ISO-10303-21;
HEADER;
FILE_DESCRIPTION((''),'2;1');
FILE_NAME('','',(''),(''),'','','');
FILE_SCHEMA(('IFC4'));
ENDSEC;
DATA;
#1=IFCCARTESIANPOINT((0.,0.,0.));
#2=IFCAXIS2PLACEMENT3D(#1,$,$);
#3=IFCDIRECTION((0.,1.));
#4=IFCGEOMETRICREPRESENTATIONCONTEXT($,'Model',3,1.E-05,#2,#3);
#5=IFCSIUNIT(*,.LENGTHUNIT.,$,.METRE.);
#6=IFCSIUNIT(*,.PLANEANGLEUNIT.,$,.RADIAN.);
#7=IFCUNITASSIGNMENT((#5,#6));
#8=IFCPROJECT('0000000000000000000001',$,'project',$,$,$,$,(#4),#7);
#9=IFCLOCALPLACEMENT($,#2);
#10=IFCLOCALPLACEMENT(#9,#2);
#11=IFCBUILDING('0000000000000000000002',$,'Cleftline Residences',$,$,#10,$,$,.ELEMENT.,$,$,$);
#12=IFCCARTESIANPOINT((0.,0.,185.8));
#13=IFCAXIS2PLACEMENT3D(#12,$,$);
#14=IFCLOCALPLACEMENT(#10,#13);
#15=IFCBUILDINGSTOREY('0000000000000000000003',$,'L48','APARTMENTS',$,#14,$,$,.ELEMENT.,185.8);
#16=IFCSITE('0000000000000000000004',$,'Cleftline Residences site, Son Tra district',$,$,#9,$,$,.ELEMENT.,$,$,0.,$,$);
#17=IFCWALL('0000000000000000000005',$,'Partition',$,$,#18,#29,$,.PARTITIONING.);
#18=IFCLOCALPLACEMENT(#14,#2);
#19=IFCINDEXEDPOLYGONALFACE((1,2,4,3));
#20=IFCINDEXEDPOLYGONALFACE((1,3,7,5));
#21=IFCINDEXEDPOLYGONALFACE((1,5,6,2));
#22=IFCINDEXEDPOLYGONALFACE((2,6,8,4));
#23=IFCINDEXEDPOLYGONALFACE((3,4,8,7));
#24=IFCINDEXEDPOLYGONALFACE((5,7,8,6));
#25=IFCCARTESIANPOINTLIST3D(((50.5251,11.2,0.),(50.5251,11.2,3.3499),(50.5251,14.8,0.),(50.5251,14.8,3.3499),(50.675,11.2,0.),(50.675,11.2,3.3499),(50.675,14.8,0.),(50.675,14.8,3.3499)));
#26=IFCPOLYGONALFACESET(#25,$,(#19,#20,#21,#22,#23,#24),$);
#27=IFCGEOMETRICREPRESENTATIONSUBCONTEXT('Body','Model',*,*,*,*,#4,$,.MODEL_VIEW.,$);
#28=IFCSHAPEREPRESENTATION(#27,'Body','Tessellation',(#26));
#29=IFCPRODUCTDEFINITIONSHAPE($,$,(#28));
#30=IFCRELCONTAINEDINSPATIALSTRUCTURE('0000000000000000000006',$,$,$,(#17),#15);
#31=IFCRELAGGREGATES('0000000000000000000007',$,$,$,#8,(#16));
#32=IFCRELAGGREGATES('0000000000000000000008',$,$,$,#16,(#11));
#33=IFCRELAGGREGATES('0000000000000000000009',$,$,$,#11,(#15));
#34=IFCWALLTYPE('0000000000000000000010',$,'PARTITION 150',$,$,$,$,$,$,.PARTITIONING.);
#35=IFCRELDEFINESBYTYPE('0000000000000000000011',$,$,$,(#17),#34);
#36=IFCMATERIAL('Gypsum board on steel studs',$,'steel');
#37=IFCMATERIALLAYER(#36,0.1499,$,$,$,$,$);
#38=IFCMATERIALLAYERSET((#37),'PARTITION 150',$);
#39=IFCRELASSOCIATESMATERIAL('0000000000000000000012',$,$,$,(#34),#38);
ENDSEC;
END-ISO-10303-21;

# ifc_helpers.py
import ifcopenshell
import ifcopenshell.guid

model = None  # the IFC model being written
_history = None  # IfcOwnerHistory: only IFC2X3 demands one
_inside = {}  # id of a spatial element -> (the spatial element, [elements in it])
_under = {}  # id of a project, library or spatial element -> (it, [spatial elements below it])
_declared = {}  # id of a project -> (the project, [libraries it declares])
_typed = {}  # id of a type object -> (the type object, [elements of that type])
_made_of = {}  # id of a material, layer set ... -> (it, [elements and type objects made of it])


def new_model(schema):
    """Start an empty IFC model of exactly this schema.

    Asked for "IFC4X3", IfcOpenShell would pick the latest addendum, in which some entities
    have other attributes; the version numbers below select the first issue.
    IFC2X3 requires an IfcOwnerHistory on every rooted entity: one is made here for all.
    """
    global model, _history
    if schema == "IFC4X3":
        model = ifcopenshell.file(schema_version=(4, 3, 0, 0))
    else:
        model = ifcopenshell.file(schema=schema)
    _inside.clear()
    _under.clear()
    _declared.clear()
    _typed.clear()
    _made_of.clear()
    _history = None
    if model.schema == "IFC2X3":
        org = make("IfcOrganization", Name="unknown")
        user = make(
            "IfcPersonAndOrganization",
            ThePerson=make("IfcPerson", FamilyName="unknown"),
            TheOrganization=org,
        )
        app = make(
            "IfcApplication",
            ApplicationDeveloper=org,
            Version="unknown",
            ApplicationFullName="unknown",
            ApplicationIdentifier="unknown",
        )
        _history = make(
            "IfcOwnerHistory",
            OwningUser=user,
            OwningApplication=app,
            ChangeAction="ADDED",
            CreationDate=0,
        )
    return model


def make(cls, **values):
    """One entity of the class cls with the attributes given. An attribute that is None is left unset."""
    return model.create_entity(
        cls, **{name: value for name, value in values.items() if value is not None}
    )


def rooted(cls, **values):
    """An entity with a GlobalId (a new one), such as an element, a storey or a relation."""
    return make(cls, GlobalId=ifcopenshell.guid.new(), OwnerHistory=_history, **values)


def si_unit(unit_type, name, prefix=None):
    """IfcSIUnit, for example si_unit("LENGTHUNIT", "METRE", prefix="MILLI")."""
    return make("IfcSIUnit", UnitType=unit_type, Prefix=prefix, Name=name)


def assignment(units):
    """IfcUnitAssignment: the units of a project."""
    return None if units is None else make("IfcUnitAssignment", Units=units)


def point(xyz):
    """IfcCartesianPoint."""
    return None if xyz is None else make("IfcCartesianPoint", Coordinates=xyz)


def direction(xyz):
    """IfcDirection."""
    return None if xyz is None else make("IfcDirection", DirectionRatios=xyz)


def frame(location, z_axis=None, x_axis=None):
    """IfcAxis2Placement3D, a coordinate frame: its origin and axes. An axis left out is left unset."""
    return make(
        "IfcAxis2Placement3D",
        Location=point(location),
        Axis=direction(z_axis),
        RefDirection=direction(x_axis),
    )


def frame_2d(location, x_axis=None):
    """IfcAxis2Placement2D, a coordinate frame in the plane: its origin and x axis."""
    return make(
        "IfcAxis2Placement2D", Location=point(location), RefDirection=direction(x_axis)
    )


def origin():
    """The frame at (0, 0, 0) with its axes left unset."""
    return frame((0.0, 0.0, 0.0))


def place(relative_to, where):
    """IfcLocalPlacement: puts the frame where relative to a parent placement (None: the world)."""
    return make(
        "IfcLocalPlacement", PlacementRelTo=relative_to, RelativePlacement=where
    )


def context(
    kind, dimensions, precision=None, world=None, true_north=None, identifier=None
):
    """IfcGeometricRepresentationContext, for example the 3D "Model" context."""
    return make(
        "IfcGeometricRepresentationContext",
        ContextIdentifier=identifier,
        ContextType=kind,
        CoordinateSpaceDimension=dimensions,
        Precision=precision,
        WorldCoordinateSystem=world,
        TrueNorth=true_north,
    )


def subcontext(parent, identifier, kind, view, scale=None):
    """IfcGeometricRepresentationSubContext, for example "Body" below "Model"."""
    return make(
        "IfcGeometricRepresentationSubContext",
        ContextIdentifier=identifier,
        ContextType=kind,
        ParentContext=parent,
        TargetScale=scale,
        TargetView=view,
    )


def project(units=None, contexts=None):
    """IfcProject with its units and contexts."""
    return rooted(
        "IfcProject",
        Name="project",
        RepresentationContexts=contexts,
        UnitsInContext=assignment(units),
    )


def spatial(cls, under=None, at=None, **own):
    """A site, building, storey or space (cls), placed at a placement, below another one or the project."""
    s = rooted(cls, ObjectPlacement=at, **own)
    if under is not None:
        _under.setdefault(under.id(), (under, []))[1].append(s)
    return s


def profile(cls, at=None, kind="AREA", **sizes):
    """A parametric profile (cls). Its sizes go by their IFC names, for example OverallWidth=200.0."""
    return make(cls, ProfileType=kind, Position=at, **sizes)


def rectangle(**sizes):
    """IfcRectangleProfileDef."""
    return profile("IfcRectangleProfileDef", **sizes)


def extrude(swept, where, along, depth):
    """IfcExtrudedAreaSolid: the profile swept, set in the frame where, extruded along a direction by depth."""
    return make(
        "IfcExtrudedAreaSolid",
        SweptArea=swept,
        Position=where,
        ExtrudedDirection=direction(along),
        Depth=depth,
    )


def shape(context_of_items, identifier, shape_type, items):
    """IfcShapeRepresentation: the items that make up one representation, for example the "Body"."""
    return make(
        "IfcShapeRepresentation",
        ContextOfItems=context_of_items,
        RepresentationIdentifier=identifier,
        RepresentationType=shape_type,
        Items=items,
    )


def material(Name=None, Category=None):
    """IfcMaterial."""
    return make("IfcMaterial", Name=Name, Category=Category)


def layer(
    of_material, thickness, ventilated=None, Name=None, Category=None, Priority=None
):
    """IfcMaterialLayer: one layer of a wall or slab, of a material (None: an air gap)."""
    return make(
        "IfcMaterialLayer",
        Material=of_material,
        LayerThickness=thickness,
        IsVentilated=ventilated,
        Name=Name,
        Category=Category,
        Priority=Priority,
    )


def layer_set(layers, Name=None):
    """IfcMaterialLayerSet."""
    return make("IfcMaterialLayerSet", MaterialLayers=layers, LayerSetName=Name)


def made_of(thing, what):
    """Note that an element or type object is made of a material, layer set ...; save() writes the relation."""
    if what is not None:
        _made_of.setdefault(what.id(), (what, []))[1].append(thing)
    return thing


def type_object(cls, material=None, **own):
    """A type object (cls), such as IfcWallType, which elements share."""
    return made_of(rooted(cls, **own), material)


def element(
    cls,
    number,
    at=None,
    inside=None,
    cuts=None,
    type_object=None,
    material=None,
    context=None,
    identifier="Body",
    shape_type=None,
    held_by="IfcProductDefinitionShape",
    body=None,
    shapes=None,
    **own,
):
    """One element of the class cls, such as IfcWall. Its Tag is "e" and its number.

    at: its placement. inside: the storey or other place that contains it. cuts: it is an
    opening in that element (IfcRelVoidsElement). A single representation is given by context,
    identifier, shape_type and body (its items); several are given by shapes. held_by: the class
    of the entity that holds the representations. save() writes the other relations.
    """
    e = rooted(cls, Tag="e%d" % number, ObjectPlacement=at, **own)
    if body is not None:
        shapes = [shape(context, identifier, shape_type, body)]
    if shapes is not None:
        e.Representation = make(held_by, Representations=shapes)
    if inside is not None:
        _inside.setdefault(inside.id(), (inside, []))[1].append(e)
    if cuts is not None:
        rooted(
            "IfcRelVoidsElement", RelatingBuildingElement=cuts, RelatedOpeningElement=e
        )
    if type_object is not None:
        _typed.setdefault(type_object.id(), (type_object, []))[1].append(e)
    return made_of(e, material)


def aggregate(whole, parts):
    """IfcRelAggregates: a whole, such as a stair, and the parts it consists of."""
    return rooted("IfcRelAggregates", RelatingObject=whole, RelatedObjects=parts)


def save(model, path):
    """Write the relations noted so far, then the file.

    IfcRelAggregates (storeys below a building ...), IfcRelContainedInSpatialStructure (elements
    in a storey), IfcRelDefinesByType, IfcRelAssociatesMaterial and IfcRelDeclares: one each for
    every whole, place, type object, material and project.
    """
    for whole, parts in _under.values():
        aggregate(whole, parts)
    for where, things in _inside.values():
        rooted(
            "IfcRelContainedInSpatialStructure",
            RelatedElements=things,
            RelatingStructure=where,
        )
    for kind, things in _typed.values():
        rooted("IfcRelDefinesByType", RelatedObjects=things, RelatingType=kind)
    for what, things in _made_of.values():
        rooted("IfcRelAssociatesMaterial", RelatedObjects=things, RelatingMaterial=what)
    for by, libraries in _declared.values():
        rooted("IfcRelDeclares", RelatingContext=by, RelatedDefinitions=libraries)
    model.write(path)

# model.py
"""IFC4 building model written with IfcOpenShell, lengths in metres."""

from ifc_helpers import new_model, si_unit, direction, frame, frame_2d, origin, place, context, subcontext, project, spatial, rectangle, extrude, material, layer, layer_set, type_object, element, save


model = new_model("IFC4")

# Units and contexts
model_context = context("Model", 3, precision=1e-05, world=origin(), true_north=direction((0.0, 1.0)))
body_context = subcontext(model_context, "Body", "Model", "MODEL_VIEW")
ifc_project = project(units=[si_unit("LENGTHUNIT", "METRE"), si_unit("PLANEANGLEUNIT", "RADIAN")], contexts=[model_context])

# Site, building, storey
site_placement = place(None, origin())
site = spatial("IfcSite", under=ifc_project, at=site_placement, Name="Cleftline Residences site, Son Tra district", CompositionType="ELEMENT", RefElevation=0.0)
building_placement = place(site_placement, origin())
building = spatial("IfcBuilding", under=site, at=building_placement, Name="Cleftline Residences", CompositionType="ELEMENT")
storey_placement = place(building_placement, frame((0.0, 0.0, 185.8)))
storey = spatial("IfcBuildingStorey", under=building, at=storey_placement, Name="L48", Description="APARTMENTS", CompositionType="ELEMENT", Elevation=185.8)

# Shared definitions
ifc_material_1 = material(Name="Gypsum board on steel studs", Category="steel")
ifc_layer_1 = layer(ifc_material_1, 0.1499)
ifc_layer_set_1 = layer_set([ifc_layer_1], Name="PARTITION 150")
wall_type = type_object("IfcWallType", Name="PARTITION 150", PredefinedType="PARTITIONING", material=ifc_layer_set_1)

# Wall
wall_1_placement = place(storey_placement, frame((50.6001, 11.2, 0.0), z_axis=(0.0, 0.0, 1.0), x_axis=(0.0, 1.0, 0.0)))
element("IfcWall", 1, at=wall_1_placement, inside=storey, type_object=wall_type, Name="Partition", PredefinedType="PARTITIONING", context=body_context, shape_type="SweptSolid", body=[
    extrude(rectangle(XDim=3.6001, YDim=0.1499, at=frame_2d((1.8, 0.0))), origin(), (0.0, 0.0, 1.0), 3.3499),
])

save(model, "model.ifc")
